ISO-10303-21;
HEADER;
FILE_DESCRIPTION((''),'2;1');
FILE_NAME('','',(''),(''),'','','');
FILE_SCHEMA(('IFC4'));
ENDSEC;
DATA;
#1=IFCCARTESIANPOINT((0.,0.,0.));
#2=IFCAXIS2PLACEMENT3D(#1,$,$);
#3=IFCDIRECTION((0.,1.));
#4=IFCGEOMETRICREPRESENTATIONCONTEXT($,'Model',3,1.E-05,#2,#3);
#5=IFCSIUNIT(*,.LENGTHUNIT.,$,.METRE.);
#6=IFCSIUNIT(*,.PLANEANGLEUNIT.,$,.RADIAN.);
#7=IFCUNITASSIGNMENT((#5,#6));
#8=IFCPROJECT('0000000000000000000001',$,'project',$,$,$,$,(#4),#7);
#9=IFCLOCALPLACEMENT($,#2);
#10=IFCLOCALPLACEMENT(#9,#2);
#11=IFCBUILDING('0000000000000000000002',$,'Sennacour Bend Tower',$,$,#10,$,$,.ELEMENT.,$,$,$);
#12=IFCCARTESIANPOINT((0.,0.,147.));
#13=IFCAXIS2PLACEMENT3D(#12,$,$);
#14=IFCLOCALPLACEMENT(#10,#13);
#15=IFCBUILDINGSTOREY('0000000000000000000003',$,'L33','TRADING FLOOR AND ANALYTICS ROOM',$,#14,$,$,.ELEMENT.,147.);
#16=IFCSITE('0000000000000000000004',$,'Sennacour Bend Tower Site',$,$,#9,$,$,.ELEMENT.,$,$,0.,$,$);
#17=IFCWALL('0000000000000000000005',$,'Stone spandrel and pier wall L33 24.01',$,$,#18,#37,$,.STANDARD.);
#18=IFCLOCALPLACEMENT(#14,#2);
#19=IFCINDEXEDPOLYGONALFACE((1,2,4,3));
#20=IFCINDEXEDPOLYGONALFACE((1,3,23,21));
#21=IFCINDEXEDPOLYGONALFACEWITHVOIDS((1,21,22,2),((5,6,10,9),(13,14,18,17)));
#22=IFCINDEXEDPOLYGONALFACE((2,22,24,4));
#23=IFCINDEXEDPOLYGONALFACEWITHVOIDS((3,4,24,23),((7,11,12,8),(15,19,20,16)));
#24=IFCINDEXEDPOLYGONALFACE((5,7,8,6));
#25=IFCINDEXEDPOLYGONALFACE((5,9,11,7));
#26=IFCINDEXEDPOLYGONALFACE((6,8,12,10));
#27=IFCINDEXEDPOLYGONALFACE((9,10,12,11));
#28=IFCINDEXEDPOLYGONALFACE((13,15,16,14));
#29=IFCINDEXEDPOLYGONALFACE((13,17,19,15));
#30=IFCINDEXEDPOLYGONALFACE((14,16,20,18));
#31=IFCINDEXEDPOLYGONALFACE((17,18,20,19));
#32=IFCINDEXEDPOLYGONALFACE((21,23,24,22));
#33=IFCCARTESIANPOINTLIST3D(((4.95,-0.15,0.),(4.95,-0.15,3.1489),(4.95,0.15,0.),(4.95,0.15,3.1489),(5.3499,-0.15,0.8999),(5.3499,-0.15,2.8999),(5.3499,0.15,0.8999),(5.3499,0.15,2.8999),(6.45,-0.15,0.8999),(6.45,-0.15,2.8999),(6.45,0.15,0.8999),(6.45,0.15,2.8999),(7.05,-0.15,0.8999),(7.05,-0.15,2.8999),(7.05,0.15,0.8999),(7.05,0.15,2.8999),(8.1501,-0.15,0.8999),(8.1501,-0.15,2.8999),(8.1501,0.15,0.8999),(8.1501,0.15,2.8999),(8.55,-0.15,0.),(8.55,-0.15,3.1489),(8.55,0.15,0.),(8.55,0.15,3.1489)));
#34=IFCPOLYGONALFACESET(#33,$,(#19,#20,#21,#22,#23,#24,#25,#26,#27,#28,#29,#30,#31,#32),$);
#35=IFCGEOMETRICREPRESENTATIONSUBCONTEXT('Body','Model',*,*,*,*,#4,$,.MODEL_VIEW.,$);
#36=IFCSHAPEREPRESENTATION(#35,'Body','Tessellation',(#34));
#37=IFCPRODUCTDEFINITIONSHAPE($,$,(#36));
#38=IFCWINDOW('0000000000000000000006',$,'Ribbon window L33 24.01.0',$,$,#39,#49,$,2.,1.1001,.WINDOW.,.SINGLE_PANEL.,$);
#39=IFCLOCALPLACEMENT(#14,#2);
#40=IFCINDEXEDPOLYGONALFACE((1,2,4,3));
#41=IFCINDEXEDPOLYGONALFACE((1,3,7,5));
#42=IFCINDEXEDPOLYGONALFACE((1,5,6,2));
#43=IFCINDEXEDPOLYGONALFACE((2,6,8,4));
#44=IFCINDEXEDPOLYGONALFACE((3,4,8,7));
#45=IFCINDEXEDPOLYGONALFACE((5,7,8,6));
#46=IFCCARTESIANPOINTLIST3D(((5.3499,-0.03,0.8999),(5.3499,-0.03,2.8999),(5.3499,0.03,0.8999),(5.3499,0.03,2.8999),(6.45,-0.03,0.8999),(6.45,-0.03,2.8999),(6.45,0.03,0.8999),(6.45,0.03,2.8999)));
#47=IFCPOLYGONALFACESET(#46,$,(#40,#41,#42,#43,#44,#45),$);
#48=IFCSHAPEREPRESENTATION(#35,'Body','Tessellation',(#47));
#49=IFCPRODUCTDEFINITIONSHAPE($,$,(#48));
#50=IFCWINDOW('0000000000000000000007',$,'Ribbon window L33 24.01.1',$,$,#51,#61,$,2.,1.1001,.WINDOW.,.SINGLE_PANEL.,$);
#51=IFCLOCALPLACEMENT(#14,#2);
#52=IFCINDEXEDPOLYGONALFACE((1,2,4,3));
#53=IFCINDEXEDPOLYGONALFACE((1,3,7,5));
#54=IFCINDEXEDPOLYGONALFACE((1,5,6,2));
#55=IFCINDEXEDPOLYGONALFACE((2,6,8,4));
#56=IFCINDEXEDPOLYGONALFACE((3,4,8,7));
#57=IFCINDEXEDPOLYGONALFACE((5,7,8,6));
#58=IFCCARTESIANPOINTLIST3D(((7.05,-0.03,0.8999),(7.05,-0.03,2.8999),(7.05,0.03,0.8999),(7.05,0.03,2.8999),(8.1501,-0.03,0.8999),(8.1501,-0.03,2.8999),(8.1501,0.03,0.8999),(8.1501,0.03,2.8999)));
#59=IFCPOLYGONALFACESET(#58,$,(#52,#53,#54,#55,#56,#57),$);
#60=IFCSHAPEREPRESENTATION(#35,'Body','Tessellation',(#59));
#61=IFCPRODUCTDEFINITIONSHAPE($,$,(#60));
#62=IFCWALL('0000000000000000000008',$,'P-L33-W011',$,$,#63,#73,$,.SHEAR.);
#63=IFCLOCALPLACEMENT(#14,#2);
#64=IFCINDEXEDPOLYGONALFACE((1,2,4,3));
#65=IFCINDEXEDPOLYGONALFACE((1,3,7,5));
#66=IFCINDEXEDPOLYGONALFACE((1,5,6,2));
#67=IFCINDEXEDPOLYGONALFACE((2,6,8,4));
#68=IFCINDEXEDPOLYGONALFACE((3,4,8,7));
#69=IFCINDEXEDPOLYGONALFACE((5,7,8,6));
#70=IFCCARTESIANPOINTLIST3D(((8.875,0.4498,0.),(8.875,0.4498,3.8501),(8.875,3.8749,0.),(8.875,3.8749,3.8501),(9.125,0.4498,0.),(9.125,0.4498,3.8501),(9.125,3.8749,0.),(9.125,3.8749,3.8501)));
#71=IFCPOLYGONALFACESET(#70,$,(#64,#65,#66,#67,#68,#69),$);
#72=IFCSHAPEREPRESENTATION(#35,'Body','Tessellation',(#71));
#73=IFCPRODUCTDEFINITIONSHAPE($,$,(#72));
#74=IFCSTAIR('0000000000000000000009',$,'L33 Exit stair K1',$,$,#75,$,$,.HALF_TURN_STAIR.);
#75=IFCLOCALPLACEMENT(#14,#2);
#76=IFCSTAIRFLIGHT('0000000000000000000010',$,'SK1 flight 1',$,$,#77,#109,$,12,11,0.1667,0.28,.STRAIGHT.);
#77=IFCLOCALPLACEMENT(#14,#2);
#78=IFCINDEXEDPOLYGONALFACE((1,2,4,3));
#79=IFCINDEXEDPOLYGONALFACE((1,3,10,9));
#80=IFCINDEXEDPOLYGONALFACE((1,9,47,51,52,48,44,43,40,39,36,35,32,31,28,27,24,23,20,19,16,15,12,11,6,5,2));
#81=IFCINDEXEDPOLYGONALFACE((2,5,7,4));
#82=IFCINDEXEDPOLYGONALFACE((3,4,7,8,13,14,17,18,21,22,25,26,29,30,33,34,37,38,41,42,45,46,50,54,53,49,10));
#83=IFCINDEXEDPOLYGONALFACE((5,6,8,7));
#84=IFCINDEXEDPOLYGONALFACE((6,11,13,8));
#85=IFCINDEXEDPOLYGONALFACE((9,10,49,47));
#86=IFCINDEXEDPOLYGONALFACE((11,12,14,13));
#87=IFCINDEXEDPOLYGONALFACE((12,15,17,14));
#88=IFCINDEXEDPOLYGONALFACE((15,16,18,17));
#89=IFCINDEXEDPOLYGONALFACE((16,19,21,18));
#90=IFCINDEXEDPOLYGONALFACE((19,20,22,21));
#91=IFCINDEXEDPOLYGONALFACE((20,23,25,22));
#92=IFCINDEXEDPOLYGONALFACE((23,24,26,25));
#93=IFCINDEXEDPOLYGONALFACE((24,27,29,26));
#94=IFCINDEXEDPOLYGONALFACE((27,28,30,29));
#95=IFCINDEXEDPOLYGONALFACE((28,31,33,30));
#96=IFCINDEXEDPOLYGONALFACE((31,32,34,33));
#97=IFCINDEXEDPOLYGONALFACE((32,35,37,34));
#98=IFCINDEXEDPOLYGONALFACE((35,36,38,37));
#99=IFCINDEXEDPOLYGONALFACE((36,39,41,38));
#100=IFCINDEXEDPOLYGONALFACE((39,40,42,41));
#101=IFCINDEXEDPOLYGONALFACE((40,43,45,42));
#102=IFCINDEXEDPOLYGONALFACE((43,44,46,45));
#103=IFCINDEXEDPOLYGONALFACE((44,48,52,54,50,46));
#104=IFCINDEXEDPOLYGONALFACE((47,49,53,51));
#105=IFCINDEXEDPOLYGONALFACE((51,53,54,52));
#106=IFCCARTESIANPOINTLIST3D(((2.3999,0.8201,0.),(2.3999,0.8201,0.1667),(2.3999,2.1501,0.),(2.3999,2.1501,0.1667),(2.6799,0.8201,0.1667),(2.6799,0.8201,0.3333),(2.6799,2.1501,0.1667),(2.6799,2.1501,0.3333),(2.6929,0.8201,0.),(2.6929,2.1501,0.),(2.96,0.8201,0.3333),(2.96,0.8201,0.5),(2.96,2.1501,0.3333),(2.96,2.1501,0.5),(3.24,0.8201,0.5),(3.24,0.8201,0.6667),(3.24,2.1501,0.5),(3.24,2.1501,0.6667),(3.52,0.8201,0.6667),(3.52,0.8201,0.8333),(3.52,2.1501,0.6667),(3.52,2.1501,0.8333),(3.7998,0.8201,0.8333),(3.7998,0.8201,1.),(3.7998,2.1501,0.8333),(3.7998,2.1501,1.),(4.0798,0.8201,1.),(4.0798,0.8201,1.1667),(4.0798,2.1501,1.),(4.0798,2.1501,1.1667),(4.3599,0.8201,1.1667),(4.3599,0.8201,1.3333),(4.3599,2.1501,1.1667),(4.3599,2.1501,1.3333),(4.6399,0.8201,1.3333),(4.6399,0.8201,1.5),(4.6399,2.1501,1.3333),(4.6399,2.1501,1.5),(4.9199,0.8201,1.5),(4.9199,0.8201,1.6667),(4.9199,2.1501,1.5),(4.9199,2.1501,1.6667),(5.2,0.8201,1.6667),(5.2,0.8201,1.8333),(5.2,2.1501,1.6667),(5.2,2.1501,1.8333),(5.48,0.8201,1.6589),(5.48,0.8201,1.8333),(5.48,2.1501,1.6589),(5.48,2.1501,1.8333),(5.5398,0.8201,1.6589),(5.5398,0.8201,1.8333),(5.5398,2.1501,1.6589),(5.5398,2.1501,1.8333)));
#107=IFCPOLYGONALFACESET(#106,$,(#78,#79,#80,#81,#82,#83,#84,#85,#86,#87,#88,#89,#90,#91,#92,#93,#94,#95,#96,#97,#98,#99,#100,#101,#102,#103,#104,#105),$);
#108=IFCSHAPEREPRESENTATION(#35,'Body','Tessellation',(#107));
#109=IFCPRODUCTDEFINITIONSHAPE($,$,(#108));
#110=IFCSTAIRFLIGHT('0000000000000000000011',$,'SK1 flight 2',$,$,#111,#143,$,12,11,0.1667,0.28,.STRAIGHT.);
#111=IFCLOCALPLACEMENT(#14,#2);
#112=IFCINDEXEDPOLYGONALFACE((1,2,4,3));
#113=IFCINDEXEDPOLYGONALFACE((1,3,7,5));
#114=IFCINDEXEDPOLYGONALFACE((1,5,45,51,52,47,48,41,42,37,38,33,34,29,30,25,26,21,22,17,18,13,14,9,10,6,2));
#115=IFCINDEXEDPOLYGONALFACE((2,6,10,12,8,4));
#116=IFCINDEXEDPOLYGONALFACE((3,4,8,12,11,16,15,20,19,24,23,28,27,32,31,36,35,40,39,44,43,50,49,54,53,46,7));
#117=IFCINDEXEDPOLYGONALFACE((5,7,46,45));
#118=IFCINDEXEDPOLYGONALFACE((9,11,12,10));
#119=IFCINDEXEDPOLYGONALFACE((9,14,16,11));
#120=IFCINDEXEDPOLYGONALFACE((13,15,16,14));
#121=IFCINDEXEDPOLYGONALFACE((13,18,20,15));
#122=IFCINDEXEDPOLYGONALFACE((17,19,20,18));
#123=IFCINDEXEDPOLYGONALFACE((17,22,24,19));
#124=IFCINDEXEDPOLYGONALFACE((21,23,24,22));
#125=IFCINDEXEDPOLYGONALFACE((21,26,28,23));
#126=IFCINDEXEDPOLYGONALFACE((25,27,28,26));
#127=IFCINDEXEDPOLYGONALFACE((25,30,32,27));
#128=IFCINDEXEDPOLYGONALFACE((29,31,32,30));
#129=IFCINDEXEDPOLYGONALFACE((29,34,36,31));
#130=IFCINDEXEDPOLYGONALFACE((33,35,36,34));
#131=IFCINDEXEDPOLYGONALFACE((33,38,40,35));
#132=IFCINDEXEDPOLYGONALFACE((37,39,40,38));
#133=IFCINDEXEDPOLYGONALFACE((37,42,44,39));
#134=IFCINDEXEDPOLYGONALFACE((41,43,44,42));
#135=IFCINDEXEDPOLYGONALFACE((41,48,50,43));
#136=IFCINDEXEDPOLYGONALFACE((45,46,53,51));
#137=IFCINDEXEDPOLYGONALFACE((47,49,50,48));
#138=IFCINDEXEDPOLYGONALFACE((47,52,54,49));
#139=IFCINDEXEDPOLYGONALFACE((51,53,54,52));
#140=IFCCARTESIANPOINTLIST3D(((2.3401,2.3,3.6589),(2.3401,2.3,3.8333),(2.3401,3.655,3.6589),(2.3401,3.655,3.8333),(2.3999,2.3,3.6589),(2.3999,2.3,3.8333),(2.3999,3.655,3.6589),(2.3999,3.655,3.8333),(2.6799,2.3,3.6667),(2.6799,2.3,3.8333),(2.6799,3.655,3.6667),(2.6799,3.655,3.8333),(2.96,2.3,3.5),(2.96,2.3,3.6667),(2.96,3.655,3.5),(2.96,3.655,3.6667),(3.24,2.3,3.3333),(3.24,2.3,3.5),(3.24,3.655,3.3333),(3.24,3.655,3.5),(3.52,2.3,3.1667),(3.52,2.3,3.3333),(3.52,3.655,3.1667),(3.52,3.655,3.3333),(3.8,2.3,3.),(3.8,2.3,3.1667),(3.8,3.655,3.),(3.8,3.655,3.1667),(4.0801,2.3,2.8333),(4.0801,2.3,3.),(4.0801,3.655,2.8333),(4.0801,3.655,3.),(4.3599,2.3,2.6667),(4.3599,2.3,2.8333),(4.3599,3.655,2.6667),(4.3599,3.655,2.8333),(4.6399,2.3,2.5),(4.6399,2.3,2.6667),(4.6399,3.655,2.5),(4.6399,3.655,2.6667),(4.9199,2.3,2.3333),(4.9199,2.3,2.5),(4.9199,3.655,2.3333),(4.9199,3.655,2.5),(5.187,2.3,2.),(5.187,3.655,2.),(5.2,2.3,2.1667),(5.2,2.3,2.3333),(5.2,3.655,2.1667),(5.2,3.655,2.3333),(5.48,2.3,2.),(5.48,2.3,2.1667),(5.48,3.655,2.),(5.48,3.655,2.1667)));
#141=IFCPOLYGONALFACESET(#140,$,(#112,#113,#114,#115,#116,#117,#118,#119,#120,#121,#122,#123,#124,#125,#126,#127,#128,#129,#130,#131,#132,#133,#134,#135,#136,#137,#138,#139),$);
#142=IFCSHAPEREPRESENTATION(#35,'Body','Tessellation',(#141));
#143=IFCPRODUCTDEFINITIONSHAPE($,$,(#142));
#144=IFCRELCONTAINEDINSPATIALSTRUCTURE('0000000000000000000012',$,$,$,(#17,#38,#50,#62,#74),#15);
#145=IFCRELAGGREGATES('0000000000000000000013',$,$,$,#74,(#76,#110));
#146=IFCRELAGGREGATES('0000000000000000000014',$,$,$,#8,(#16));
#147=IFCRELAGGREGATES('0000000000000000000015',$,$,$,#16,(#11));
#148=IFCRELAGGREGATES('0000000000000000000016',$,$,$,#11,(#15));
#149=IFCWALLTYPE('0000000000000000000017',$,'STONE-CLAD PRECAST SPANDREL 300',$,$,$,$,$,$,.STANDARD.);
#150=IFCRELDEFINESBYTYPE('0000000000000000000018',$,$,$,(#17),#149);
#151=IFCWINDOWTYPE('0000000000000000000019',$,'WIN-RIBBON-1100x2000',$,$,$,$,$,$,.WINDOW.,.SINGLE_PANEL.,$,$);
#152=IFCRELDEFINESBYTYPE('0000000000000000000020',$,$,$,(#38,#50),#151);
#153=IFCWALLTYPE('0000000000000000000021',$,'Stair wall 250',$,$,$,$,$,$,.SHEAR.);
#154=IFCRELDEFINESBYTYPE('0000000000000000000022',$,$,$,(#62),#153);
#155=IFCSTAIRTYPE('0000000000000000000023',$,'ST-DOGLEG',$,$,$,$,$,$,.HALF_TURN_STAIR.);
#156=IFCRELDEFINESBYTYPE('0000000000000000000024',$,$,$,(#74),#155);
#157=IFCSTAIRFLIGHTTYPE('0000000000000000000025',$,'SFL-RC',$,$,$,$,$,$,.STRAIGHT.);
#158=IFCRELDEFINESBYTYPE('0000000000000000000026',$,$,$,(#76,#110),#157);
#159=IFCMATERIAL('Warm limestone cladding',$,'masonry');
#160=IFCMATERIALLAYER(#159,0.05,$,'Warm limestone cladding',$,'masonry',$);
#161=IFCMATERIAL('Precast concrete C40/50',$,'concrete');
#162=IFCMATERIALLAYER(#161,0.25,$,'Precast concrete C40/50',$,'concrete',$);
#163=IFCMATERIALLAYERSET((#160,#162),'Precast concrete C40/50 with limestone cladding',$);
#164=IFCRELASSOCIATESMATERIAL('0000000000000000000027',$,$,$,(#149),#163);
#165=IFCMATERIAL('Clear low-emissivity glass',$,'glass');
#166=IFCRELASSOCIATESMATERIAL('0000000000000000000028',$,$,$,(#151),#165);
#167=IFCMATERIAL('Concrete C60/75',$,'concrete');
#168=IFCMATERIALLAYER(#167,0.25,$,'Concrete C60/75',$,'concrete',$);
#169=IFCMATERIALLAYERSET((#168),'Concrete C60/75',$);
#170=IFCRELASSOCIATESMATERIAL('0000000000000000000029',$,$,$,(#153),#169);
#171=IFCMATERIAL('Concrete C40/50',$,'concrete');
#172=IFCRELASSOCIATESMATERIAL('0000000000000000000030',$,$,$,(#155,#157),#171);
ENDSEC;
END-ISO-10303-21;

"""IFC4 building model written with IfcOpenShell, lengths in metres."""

from ifc_helpers import new_model, si_unit, direction, frame, frame_2d, origin, place, context, subcontext, project, spatial, polyline, rectangle, outline, extrude, material, layer, layer_set, type_object, element, fill, aggregate, save


model = new_model("IFC4")

# Units and contexts
model_context = context("Model", 3, precision=1e-05, world=origin(), true_north=direction((0.0, 1.0)))
body_context = subcontext(model_context, "Body", "Model", "MODEL_VIEW")
ifc_project = project(units=[si_unit("LENGTHUNIT", "METRE"), si_unit("PLANEANGLEUNIT", "RADIAN")], contexts=[model_context])

# Site, building, storey
site_placement = place(None, origin())
site = spatial("IfcSite", under=ifc_project, at=site_placement, Name="Sennacour Bend Tower Site", CompositionType="ELEMENT", RefElevation=0.0)
building_placement = place(site_placement, origin())
building = spatial("IfcBuilding", under=site, at=building_placement, Name="Sennacour Bend Tower", CompositionType="ELEMENT")
storey_placement = place(building_placement, frame((0.0, 0.0, 147.0)))
storey = spatial("IfcBuildingStorey", under=building, at=storey_placement, Name="L33", Description="TRADING FLOOR AND ANALYTICS ROOM", CompositionType="ELEMENT", Elevation=147.0)

# Wall, openings, windows
ifc_material_1 = material(Name="Warm limestone cladding", Category="masonry")
ifc_layer_1 = layer(ifc_material_1, 0.05, Name="Warm limestone cladding", Category="masonry")
ifc_material_2 = material(Name="Precast concrete C40/50", Category="concrete")
ifc_layer_2 = layer(ifc_material_2, 0.25, Name="Precast concrete C40/50", Category="concrete")
ifc_layer_set_1 = layer_set([ifc_layer_1, ifc_layer_2], Name="Precast concrete C40/50 with limestone cladding")
wall_type_1 = type_object("IfcWallType", Name="STONE-CLAD PRECAST SPANDREL 300", PredefinedType="STANDARD", material=ifc_layer_set_1)
wall_1_placement = place(storey_placement, frame((4.95, 0.0, 0.0), z_axis=(0.0, 0.0, 1.0), x_axis=(1.0, 0.0, 0.0)))
wall_1 = element("IfcWall", 1, at=wall_1_placement, inside=storey, type_object=wall_type_1, Name="Stone spandrel and pier wall L33 24.01", PredefinedType="STANDARD", context=body_context, shape_type="SweptSolid", body=[
    extrude(rectangle(XDim=3.6001, YDim=0.3, at=frame_2d((1.8, 0.0))), origin(), (0.0, 0.0, 1.0), 3.1489),
])
opening_1_placement = place(wall_1_placement, frame((0.3999, 0.0, 0.8999)))
opening_1 = element("IfcOpeningElement", 2, at=opening_1_placement, cuts=wall_1, PredefinedType="OPENING", context=body_context, shape_type="SweptSolid", body=[
    extrude(rectangle(XDim=1.1001, YDim=2.0, at=frame_2d((0.55, 1.0))), frame((0.0, 0.1602, 0.0), z_axis=(0.0, -1.0, 0.0), x_axis=(1.0, 0.0, 0.0)), (0.0, 0.0, 1.0), 0.3201),
])
opening_2_placement = place(wall_1_placement, frame((2.1001, 0.0, 0.8999)))
opening_2 = element("IfcOpeningElement", 3, at=opening_2_placement, cuts=wall_1, PredefinedType="OPENING", context=body_context, shape_type="SweptSolid", body=[
    extrude(rectangle(XDim=1.1001, YDim=2.0, at=frame_2d((0.55, 1.0))), frame((0.0, 0.1602, 0.0), z_axis=(0.0, -1.0, 0.0), x_axis=(1.0, 0.0, 0.0)), (0.0, 0.0, 1.0), 0.3201),
])
ifc_material_3 = material(Name="Clear low-emissivity glass", Category="glass")
window_type = type_object("IfcWindowType", Name="WIN-RIBBON-1100x2000", PartitioningType="SINGLE_PANEL", PredefinedType="WINDOW", material=ifc_material_3)
window_1_placement = place(opening_1_placement, origin())
window_1 = element("IfcWindow", 4, at=window_1_placement, inside=storey, type_object=window_type, Name="Ribbon window L33 24.01.0", OverallHeight=2.0, OverallWidth=1.1001, PartitioningType="SINGLE_PANEL", PredefinedType="WINDOW", context=body_context, shape_type="SweptSolid", body=[
    extrude(rectangle(XDim=1.1001, YDim=2.0, at=frame_2d((0.55, 1.0))), frame((0.0, 0.03, 0.0), z_axis=(0.0, -1.0, 0.0), x_axis=(1.0, 0.0, 0.0)), (0.0, 0.0, 1.0), 0.0601),
])
fill(opening_1, window_1)
window_2_placement = place(opening_2_placement, origin())
window_2 = element("IfcWindow", 5, at=window_2_placement, inside=storey, type_object=window_type, Name="Ribbon window L33 24.01.1", OverallHeight=2.0, OverallWidth=1.1001, PartitioningType="SINGLE_PANEL", PredefinedType="WINDOW", context=body_context, shape_type="SweptSolid", body=[
    extrude(rectangle(XDim=1.1001, YDim=2.0, at=frame_2d((0.55, 1.0))), frame((0.0, 0.03, 0.0), z_axis=(0.0, -1.0, 0.0), x_axis=(1.0, 0.0, 0.0)), (0.0, 0.0, 1.0), 0.0601),
])
fill(opening_2, window_2)

# Wall
ifc_material_4 = material(Name="Concrete C60/75", Category="concrete")
ifc_layer_3 = layer(ifc_material_4, 0.25, Name="Concrete C60/75", Category="concrete")
ifc_layer_set_2 = layer_set([ifc_layer_3], Name="Concrete C60/75")
wall_type_2 = type_object("IfcWallType", Name="Stair wall 250", PredefinedType="SHEAR", material=ifc_layer_set_2)
wall_2_placement = place(storey_placement, frame((9.0, 0.45, 0.0), z_axis=(0.0, 0.0, 1.0), x_axis=(0.0, 1.0, 0.0)))
element("IfcWall", 6, at=wall_2_placement, inside=storey, type_object=wall_type_2, Name="P-L33-W011", PredefinedType="SHEAR", context=body_context, shape_type="SweptSolid", body=[
    extrude(rectangle(XDim=3.425, YDim=0.25, at=frame_2d((1.7124, 0.0))), origin(), (0.0, 0.0, 1.0), 3.8501),
])

# Stair, stair flights
ifc_material_5 = material(Name="Concrete C40/50", Category="concrete")
stair_type = type_object("IfcStairType", Name="ST-DOGLEG", PredefinedType="HALF_TURN_STAIR", material=ifc_material_5)
stair_placement = place(storey_placement, origin())
stair = element("IfcStair", 7, at=stair_placement, inside=storey, type_object=stair_type, Name="L33 Exit stair K1", PredefinedType="HALF_TURN_STAIR")
stair_flight_type = type_object("IfcStairFlightType", Name="SFL-RC", PredefinedType="STRAIGHT", material=ifc_material_5)
stair_flight_1_placement = place(storey_placement, frame((2.3999, 1.4851, 0.0), z_axis=(0.0, 0.0, 1.0), x_axis=(1.0, 0.0, 0.0)))
stair_flight_1 = element("IfcStairFlight", 8, at=stair_flight_1_placement, type_object=stair_flight_type, Name="SK1 flight 1", NumberOfRisers=12, NumberOfTreads=11, PredefinedType="STRAIGHT", RiserHeight=0.1667, TreadLength=0.28, context=body_context, shape_type="SweptSolid", body=[
    extrude(outline(polyline([(0.0, 0.0), (0.0, 0.1667), (0.28, 0.1667), (0.28, 0.3333), (0.5601, 0.3333), (0.5601, 0.5), (0.8401, 0.5), (0.8401, 0.6667), (1.1201, 0.6667), (1.1201, 0.8333), (1.3999, 0.8333), (1.3999, 1.0), (1.6799, 1.0), (1.6799, 1.1667), (1.96, 1.1667), (1.96, 1.3333), (2.24, 1.3333), (2.24, 1.5), (2.52, 1.5), (2.52, 1.6667), (2.8, 1.6667), (2.8, 1.8333), (3.0801, 1.8333), (3.1399, 1.8333), (3.1399, 1.6589), (3.0801, 1.6589), (0.293, 0.0), (0.0, 0.0)])), frame((0.0, 0.665, 0.0), z_axis=(0.0, -1.0, 0.0), x_axis=(1.0, 0.0, 0.0)), (0.0, 0.0, 1.0), 1.3301),
])
stair_flight_2_placement = place(storey_placement, frame((5.48, 2.9775, 2.0), z_axis=(0.0, 0.0, 1.0), x_axis=(-1.0, 0.0, 0.0)))
stair_flight_2 = element("IfcStairFlight", 9, at=stair_flight_2_placement, type_object=stair_flight_type, Name="SK1 flight 2", NumberOfRisers=12, NumberOfTreads=11, PredefinedType="STRAIGHT", RiserHeight=0.1667, TreadLength=0.28, context=body_context, shape_type="SweptSolid", body=[
    extrude(outline(polyline([(0.0, 0.0), (0.0, 0.1667), (0.28, 0.1667), (0.28, 0.3333), (0.5601, 0.3333), (0.5601, 0.5), (0.8401, 0.5), (0.8401, 0.6667), (1.1201, 0.6667), (1.1201, 0.8333), (1.3999, 0.8333), (1.3999, 1.0), (1.6799, 1.0), (1.6799, 1.1667), (1.96, 1.1667), (1.96, 1.3333), (2.24, 1.3333), (2.24, 1.5), (2.52, 1.5), (2.52, 1.6667), (2.8, 1.6667), (2.8, 1.8333), (3.0801, 1.8333), (3.1399, 1.8333), (3.1399, 1.6589), (3.0801, 1.6589), (0.293, 0.0), (0.0, 0.0)])), frame((0.0, 0.6775, 0.0), z_axis=(0.0, -1.0, 0.0), x_axis=(1.0, 0.0, 0.0)), (0.0, 0.0, 1.0), 1.355),
])
aggregate(stair, [stair_flight_1, stair_flight_2])

save(model, "model.ifc")
